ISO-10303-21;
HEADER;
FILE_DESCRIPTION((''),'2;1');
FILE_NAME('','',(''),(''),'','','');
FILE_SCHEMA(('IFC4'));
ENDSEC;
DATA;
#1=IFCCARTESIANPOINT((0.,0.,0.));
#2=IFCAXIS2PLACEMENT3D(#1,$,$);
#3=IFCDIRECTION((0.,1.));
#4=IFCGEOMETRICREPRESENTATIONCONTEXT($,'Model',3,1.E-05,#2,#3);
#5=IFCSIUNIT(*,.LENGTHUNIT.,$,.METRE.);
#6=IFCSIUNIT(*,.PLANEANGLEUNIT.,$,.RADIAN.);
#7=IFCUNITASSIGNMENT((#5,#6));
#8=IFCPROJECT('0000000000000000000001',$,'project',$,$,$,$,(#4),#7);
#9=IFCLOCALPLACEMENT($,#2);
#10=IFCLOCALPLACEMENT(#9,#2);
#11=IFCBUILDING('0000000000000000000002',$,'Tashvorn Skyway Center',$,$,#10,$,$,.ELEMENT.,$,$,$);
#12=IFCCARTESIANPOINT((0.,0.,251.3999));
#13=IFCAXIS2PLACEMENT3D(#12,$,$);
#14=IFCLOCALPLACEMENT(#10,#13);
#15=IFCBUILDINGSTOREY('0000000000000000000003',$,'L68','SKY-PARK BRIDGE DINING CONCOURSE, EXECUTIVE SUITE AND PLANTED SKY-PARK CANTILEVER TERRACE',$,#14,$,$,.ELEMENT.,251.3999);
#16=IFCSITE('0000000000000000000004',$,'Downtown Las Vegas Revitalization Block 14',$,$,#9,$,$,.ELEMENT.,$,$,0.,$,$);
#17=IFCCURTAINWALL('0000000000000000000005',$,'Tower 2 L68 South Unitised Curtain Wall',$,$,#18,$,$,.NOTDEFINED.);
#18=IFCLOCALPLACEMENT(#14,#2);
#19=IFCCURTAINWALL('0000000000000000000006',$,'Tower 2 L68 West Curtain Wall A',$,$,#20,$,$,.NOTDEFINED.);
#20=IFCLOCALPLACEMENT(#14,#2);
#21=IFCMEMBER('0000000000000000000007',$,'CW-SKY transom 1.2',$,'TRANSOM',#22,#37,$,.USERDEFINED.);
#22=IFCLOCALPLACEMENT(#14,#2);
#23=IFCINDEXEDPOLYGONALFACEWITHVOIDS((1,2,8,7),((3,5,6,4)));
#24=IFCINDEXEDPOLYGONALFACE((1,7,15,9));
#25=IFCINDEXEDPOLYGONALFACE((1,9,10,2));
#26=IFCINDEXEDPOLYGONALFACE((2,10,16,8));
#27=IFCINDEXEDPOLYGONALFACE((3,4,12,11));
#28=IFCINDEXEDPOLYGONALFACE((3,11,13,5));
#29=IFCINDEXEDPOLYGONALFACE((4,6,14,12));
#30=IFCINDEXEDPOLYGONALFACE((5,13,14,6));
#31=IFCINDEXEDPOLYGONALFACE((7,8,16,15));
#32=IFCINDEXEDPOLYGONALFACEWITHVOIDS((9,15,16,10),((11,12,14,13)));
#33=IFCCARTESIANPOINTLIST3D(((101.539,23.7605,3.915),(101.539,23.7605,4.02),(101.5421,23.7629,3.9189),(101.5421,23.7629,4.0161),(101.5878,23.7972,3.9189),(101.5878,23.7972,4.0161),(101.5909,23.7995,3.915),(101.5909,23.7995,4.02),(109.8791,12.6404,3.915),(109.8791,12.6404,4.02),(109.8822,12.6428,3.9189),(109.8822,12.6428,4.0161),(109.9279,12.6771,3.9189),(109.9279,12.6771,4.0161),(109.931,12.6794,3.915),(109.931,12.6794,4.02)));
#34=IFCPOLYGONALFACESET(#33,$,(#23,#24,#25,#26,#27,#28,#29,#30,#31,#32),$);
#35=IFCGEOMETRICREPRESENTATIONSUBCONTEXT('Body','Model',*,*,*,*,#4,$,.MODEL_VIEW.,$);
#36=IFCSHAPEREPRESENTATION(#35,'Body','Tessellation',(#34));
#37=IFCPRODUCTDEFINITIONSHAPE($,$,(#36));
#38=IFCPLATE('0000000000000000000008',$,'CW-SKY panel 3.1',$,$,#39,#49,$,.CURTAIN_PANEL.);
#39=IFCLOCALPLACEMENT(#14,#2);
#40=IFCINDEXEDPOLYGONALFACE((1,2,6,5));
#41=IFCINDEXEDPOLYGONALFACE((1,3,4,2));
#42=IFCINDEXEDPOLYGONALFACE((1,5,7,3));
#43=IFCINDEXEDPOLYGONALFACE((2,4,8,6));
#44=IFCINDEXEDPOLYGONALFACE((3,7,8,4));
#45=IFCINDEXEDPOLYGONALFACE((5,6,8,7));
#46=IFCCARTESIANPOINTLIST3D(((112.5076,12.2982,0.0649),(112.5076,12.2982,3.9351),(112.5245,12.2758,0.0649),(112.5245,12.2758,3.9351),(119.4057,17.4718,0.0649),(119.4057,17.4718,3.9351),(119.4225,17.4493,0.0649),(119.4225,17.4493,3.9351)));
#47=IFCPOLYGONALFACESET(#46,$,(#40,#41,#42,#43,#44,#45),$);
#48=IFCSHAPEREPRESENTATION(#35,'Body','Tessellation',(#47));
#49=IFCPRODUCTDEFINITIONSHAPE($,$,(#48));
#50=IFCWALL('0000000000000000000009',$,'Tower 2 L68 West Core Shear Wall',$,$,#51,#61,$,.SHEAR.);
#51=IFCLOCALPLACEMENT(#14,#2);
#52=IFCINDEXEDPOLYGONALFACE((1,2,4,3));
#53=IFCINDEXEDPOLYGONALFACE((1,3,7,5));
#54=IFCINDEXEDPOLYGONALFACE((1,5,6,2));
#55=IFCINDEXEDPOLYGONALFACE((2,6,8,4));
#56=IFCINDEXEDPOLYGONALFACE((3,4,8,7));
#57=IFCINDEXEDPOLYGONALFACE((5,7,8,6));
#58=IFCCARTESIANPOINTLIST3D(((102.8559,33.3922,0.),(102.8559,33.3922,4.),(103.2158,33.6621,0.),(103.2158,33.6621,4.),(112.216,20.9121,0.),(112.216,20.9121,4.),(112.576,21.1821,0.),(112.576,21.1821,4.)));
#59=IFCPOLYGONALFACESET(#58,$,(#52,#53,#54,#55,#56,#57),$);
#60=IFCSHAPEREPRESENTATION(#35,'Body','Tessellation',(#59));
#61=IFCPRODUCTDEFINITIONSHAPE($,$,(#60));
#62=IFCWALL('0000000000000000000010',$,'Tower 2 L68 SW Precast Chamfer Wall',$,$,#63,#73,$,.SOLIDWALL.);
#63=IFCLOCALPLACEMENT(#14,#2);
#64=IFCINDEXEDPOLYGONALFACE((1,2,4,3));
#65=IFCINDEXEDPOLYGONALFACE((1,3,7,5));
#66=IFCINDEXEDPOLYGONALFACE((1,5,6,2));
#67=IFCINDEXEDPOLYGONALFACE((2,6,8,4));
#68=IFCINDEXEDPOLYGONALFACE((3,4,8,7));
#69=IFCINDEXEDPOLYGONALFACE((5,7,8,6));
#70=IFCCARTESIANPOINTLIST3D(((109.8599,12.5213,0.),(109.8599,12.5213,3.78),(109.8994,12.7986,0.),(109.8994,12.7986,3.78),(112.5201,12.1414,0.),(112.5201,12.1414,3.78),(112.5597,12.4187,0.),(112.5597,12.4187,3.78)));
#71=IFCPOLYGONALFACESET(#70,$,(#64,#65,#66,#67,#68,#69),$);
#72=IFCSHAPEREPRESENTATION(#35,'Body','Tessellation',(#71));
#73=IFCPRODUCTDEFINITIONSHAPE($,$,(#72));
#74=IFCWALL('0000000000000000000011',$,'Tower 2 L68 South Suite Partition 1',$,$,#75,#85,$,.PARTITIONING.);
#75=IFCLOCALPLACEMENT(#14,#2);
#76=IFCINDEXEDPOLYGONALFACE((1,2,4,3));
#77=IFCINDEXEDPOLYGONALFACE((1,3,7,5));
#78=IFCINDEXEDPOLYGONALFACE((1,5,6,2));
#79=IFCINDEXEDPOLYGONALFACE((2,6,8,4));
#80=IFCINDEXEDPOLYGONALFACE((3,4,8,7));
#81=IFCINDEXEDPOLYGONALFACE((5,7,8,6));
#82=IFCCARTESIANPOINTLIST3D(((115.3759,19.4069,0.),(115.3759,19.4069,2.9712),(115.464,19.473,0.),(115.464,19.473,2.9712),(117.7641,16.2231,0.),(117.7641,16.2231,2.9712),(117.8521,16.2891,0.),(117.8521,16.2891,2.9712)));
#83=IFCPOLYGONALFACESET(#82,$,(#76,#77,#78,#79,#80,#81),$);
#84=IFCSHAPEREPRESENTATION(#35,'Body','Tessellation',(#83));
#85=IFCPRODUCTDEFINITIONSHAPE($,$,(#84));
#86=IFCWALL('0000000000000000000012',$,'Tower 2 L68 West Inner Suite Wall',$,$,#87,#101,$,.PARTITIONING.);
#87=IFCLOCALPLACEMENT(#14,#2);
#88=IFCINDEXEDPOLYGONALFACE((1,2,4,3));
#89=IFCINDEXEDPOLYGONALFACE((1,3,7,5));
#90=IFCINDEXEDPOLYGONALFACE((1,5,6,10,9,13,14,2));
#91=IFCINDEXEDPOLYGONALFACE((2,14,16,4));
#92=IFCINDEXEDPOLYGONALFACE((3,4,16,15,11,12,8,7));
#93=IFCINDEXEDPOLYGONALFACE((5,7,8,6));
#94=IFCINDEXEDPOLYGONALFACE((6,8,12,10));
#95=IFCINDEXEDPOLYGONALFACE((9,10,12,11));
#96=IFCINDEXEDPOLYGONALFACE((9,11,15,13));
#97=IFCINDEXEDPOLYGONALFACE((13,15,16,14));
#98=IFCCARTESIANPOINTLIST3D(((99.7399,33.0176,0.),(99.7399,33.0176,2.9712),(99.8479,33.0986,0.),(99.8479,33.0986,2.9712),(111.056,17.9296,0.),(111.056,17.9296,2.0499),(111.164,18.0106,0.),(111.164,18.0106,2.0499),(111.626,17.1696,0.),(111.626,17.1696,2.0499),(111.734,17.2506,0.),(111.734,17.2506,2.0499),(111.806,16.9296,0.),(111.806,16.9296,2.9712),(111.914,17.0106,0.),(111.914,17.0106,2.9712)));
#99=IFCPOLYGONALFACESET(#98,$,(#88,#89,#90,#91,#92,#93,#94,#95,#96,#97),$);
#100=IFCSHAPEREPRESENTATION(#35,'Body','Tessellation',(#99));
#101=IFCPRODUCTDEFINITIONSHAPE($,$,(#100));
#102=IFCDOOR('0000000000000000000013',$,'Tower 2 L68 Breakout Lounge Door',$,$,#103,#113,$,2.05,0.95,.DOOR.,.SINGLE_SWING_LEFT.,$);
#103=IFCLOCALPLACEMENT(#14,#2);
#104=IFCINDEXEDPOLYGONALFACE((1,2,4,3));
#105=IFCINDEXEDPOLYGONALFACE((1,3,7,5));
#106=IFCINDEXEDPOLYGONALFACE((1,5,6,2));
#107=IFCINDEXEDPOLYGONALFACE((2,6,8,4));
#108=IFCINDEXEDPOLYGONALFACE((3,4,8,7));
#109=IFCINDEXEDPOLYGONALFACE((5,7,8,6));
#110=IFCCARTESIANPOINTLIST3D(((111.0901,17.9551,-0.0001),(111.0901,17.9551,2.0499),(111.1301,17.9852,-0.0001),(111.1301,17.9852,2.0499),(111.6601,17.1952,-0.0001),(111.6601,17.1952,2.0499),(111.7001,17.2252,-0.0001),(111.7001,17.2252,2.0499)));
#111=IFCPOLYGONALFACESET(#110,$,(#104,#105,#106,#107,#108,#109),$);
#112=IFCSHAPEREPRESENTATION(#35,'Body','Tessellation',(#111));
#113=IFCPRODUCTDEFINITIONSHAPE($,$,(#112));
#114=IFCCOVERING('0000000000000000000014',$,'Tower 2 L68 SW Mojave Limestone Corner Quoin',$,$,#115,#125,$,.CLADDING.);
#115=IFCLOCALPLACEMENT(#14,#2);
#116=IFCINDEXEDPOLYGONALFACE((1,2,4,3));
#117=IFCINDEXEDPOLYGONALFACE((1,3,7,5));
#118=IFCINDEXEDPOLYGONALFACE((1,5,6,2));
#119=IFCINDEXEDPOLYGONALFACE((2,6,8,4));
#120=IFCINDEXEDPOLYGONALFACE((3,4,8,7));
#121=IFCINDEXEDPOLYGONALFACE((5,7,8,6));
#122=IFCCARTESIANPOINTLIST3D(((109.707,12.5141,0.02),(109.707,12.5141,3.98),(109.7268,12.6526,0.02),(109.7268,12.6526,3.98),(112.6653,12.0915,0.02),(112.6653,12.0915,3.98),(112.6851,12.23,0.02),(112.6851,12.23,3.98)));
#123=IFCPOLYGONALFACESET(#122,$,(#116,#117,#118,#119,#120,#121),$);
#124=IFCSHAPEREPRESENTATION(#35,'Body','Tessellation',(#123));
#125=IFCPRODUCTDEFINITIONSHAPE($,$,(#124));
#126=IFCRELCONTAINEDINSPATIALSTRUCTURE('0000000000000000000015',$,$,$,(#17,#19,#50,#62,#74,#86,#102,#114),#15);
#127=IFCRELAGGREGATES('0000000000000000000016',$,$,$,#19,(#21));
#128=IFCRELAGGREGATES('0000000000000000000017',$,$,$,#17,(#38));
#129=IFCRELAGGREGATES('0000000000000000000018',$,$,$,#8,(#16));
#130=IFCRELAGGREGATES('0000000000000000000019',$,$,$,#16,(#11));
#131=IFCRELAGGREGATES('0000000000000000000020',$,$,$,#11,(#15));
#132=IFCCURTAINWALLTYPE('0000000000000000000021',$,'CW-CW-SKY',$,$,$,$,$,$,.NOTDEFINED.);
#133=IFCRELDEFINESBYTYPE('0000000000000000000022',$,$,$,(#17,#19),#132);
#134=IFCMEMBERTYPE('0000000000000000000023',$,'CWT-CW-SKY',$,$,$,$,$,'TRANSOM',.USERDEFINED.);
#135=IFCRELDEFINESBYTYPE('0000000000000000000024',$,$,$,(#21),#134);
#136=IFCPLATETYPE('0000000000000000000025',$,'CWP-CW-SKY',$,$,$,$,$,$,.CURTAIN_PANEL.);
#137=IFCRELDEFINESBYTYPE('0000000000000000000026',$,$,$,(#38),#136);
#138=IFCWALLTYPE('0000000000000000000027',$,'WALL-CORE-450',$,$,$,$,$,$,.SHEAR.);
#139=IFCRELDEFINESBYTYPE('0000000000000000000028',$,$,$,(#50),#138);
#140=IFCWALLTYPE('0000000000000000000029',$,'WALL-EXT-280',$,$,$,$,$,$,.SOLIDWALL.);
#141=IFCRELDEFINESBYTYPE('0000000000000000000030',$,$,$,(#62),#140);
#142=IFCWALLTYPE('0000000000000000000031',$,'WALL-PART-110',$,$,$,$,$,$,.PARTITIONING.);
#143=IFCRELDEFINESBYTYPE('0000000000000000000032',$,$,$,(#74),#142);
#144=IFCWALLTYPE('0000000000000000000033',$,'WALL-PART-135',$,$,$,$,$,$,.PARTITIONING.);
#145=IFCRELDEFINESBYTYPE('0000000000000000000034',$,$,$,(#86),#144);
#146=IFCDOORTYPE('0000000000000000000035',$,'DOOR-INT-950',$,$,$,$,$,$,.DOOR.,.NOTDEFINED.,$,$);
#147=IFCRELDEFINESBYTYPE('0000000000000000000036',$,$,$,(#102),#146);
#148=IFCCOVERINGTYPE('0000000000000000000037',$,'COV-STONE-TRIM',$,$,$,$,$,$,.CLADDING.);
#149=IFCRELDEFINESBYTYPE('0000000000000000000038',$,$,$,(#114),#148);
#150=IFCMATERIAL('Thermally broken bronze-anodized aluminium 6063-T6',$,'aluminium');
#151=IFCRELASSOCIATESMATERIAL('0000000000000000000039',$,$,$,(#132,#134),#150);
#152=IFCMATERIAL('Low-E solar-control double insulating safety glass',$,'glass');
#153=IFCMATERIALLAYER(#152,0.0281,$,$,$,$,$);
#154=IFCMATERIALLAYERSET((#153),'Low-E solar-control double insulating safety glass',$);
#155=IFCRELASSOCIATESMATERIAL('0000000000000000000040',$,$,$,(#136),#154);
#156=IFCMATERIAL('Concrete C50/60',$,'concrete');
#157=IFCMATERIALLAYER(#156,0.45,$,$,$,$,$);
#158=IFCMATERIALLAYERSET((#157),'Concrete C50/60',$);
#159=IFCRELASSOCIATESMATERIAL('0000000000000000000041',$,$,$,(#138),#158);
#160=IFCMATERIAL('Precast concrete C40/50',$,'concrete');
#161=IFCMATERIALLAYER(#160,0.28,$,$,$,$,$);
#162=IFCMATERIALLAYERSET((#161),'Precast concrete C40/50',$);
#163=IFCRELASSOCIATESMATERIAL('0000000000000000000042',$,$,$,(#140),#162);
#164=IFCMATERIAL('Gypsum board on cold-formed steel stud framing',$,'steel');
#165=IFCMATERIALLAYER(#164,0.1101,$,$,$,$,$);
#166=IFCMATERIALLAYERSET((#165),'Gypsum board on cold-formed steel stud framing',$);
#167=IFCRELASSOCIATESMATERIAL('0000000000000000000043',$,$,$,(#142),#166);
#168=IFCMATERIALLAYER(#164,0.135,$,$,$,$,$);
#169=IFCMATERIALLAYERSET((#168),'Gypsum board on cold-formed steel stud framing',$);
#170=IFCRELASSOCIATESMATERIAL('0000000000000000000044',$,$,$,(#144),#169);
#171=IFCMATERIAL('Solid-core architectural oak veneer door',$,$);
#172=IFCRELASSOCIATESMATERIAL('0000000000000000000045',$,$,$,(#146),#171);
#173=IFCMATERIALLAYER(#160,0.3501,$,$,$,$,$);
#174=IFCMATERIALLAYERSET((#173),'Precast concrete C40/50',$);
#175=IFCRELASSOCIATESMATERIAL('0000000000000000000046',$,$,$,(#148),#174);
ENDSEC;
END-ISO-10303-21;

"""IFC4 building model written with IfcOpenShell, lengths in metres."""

from ifc_helpers import new_model, si_unit, direction, frame, frame_2d, origin, origin_2d, place, context, subcontext, project, spatial, rectangle, hollow_rectangle, extrude, material, layer, layer_set, material_profile, profile_set, type_object, element, fill, aggregate, save


model = new_model("IFC4")

# Units and contexts
model_context = context("Model", 3, precision=1e-05, world=origin(), true_north=direction((0.0, 1.0)))
body_context = subcontext(model_context, "Body", "Model", "MODEL_VIEW")
ifc_project = project(units=[si_unit("LENGTHUNIT", "METRE"), si_unit("PLANEANGLEUNIT", "RADIAN")], contexts=[model_context])

# Site, building, storey
site_placement = place(None, origin())
site = spatial("IfcSite", under=ifc_project, at=site_placement, Name="Downtown Las Vegas Revitalization Block 14", CompositionType="ELEMENT", RefElevation=0.0)
building_placement = place(site_placement, origin())
building = spatial("IfcBuilding", under=site, at=building_placement, Name="Tashvorn Skyway Center", CompositionType="ELEMENT")
storey_placement = place(building_placement, frame((0.0, 0.0, 251.3999)))
storey = spatial("IfcBuildingStorey", under=building, at=storey_placement, Name="L68", Description="SKY-PARK BRIDGE DINING CONCOURSE, EXECUTIVE SUITE AND PLANTED SKY-PARK CANTILEVER TERRACE", CompositionType="ELEMENT", Elevation=251.3999)

# Curtain wall
ifc_material_1 = material(Name="Thermally broken bronze-anodized aluminium 6063-T6", Category="aluminium")
curtain_wall_type = type_object("IfcCurtainWallType", Name="CW-CW-SKY", PredefinedType="NOTDEFINED", material=ifc_material_1)
curtain_wall_1_placement = place(storey_placement, origin())
curtain_wall_1 = element("IfcCurtainWall", 1, at=curtain_wall_1_placement, inside=storey, type_object=curtain_wall_type, Name="Tower 2 L68 South Unitised Curtain Wall", PredefinedType="NOTDEFINED")

# Curtain wall, member
curtain_wall_2_placement = place(storey_placement, origin())
curtain_wall_2 = element("IfcCurtainWall", 2, at=curtain_wall_2_placement, inside=storey, type_object=curtain_wall_type, Name="Tower 2 L68 West Curtain Wall A", PredefinedType="NOTDEFINED")
ifc_material_profile_1 = material_profile(ifc_material_1, hollow_rectangle(XDim=0.0649, YDim=0.105, WallThickness=0.0039, at=origin_2d()), Name="ALU-TRAN-65x105")
ifc_profile_set_1 = profile_set([ifc_material_profile_1], Name="Thermally broken bronze-anodized aluminium 6063-T6")
member_type_1 = type_object("IfcMemberType", Name="CWT-CW-SKY", ElementType="TRANSOM", PredefinedType="USERDEFINED", material=ifc_profile_set_1)
member_1_placement = place(storey_placement, frame((109.905, 12.6599, 3.9675), z_axis=(-0.6, 0.8, 0.0), x_axis=(-0.8, -0.6, 0.0)))
member_1 = element("IfcMember", 3, at=member_1_placement, type_object=member_type_1, Name="CW-SKY transom 1.2", ObjectType="TRANSOM", PredefinedType="USERDEFINED", context=body_context, shape_type="SweptSolid", body=[
    extrude(hollow_rectangle(XDim=0.0649, YDim=0.105, WallThickness=0.0039, at=origin_2d()), origin(), (0.0, 0.0, 1.0), 13.9001),
])
aggregate(curtain_wall_2, [member_1])

# Plate
ifc_material_2 = material(Name="Low-E solar-control double insulating safety glass", Category="glass")
ifc_layer_1 = layer(ifc_material_2, 0.0281)
ifc_layer_set_1 = layer_set([ifc_layer_1], Name="Low-E solar-control double insulating safety glass")
plate_type = type_object("IfcPlateType", Name="CWP-CW-SKY", PredefinedType="CURTAIN_PANEL", material=ifc_layer_set_1)
plate_placement = place(storey_placement, frame((115.9651, 14.8738, 0.0649), z_axis=(0.0, 0.0, 1.0), x_axis=(-0.8, -0.6, 0.0)))
plate = element("IfcPlate", 4, at=plate_placement, type_object=plate_type, Name="CW-SKY panel 3.1", PredefinedType="CURTAIN_PANEL", context=body_context, shape_type="SweptSolid", body=[
    extrude(rectangle(XDim=8.6226, YDim=0.0281, at=origin_2d()), origin(), (0.0, 0.0, 1.0), 3.8701),
])
aggregate(curtain_wall_1, [plate])

# Walls
ifc_material_3 = material(Name="Concrete C50/60", Category="concrete")
ifc_layer_2 = layer(ifc_material_3, 0.45)
ifc_layer_set_2 = layer_set([ifc_layer_2], Name="Concrete C50/60")
wall_type_1 = type_object("IfcWallType", Name="WALL-CORE-450", PredefinedType="SHEAR", material=ifc_layer_set_2)
wall_1_placement = place(storey_placement, frame((112.396, 21.0471, 0.0), z_axis=(0.0, 0.0, 1.0), x_axis=(-0.600005, 0.799996, 0.0)))
element("IfcWall", 5, at=wall_1_placement, inside=storey, type_object=wall_type_1, Name="Tower 2 L68 West Core Shear Wall", PredefinedType="SHEAR", context=body_context, shape_type="SweptSolid", body=[
    extrude(rectangle(XDim=15.6001, YDim=0.45, at=frame_2d((7.8, 0.0))), origin(), (0.0, 0.0, 1.0), 4.0),
])
ifc_material_4 = material(Name="Precast concrete C40/50", Category="concrete")
ifc_layer_3 = layer(ifc_material_4, 0.28)
ifc_layer_set_3 = layer_set([ifc_layer_3], Name="Precast concrete C40/50")
wall_type_2 = type_object("IfcWallType", Name="WALL-EXT-280", PredefinedType="SOLIDWALL", material=ifc_layer_set_3)
wall_2_placement = place(storey_placement, frame((112.54, 12.28, 0.0), z_axis=(0.0, 0.0, 1.0), x_axis=(-0.989957, 0.14137, 0.0)))
element("IfcWall", 6, at=wall_2_placement, inside=storey, type_object=wall_type_2, Name="Tower 2 L68 SW Precast Chamfer Wall", PredefinedType="SOLIDWALL", context=body_context, shape_type="SweptSolid", body=[
    extrude(rectangle(XDim=2.6873, YDim=0.28, at=frame_2d((1.3438, 0.0))), origin(), (0.0, 0.0, 1.0), 3.78),
])
ifc_material_5 = material(Name="Gypsum board on cold-formed steel stud framing", Category="steel")
ifc_layer_4 = layer(ifc_material_5, 0.1101)
ifc_layer_set_4 = layer_set([ifc_layer_4], Name="Gypsum board on cold-formed steel stud framing")
wall_type_3 = type_object("IfcWallType", Name="WALL-PART-110", PredefinedType="PARTITIONING", material=ifc_layer_set_4)
wall_3_placement = place(storey_placement, frame((117.8081, 16.2561, 0.0), z_axis=(0.0, 0.0, 1.0), x_axis=(-0.600049, 0.799963, 0.0)))
element("IfcWall", 7, at=wall_3_placement, inside=storey, type_object=wall_type_3, Name="Tower 2 L68 South Suite Partition 1", PredefinedType="PARTITIONING", context=body_context, shape_type="SweptSolid", body=[
    extrude(rectangle(XDim=3.98, YDim=0.1101, at=frame_2d((1.99, 0.0))), origin(), (0.0, 0.0, 1.0), 2.9712),
])

# Wall, opening, door
ifc_layer_5 = layer(ifc_material_5, 0.135)
ifc_layer_set_5 = layer_set([ifc_layer_5], Name="Gypsum board on cold-formed steel stud framing")
wall_type_4 = type_object("IfcWallType", Name="WALL-PART-135", PredefinedType="PARTITIONING", material=ifc_layer_set_5)
wall_4_placement = place(storey_placement, frame((111.8601, 16.97, 0.0), z_axis=(0.0, 0.0, 1.0), x_axis=(-0.600002, 0.799999, 0.0)))
wall_4 = element("IfcWall", 8, at=wall_4_placement, inside=storey, type_object=wall_type_4, Name="Tower 2 L68 West Inner Suite Wall", PredefinedType="PARTITIONING", context=body_context, shape_type="SweptSolid", body=[
    extrude(rectangle(XDim=20.1101, YDim=0.135, at=frame_2d((10.0552, 0.0))), origin(), (0.0, 0.0, 1.0), 2.9712),
])
opening_placement = place(wall_4_placement, frame((0.3, 0.0, 0.0)))
opening = element("IfcOpeningElement", 9, at=opening_placement, cuts=wall_4, PredefinedType="OPENING", context=body_context, shape_type="SweptSolid", body=[
    extrude(rectangle(XDim=0.95, YDim=2.05, at=frame_2d((0.4751, 1.0249))), frame((0.0, 0.0774, 0.0), z_axis=(0.0, -1.0, 0.0), x_axis=(1.0, 0.0, 0.0)), (0.0, 0.0, 1.0), 0.155),
])
ifc_material_6 = material(Name="Solid-core architectural oak veneer door")
door_type = type_object("IfcDoorType", Name="DOOR-INT-950", OperationType="NOTDEFINED", PredefinedType="DOOR", material=ifc_material_6)
door_placement = place(opening_placement, origin())
door = element("IfcDoor", 10, at=door_placement, inside=storey, type_object=door_type, Name="Tower 2 L68 Breakout Lounge Door", OperationType="SINGLE_SWING_LEFT", OverallHeight=2.05, OverallWidth=0.95, PredefinedType="DOOR", context=body_context, shape_type="SweptSolid", body=[
    extrude(rectangle(XDim=0.95, YDim=2.05, at=frame_2d((0.4751, 1.0249))), frame((0.0, 0.0249, 0.0), z_axis=(0.0, -1.0, 0.0), x_axis=(1.0, 0.0, 0.0)), (0.0, 0.0, 1.0), 0.05),
])
fill(opening, door)

# Covering
ifc_layer_6 = layer(ifc_material_4, 0.3501)
ifc_layer_set_6 = layer_set([ifc_layer_6], Name="Precast concrete C40/50")
covering_type = type_object("IfcCoveringType", Name="COV-STONE-TRIM", PredefinedType="CLADDING", material=ifc_layer_set_6)
covering_placement = place(storey_placement, frame((111.196, 12.3721, 0.02), z_axis=(0.0, 0.0, 1.0), x_axis=(-0.989949, 0.141421, 0.0)))
element("IfcCovering", 11, at=covering_placement, inside=storey, type_object=covering_type, Name="Tower 2 L68 SW Mojave Limestone Corner Quoin", PredefinedType="CLADDING", context=body_context, shape_type="SweptSolid", body=[
    extrude(rectangle(XDim=2.9883, YDim=0.1399, at=origin_2d()), origin(), (0.0, 0.0, 1.0), 3.96),
])

save(model, "model.ifc")
